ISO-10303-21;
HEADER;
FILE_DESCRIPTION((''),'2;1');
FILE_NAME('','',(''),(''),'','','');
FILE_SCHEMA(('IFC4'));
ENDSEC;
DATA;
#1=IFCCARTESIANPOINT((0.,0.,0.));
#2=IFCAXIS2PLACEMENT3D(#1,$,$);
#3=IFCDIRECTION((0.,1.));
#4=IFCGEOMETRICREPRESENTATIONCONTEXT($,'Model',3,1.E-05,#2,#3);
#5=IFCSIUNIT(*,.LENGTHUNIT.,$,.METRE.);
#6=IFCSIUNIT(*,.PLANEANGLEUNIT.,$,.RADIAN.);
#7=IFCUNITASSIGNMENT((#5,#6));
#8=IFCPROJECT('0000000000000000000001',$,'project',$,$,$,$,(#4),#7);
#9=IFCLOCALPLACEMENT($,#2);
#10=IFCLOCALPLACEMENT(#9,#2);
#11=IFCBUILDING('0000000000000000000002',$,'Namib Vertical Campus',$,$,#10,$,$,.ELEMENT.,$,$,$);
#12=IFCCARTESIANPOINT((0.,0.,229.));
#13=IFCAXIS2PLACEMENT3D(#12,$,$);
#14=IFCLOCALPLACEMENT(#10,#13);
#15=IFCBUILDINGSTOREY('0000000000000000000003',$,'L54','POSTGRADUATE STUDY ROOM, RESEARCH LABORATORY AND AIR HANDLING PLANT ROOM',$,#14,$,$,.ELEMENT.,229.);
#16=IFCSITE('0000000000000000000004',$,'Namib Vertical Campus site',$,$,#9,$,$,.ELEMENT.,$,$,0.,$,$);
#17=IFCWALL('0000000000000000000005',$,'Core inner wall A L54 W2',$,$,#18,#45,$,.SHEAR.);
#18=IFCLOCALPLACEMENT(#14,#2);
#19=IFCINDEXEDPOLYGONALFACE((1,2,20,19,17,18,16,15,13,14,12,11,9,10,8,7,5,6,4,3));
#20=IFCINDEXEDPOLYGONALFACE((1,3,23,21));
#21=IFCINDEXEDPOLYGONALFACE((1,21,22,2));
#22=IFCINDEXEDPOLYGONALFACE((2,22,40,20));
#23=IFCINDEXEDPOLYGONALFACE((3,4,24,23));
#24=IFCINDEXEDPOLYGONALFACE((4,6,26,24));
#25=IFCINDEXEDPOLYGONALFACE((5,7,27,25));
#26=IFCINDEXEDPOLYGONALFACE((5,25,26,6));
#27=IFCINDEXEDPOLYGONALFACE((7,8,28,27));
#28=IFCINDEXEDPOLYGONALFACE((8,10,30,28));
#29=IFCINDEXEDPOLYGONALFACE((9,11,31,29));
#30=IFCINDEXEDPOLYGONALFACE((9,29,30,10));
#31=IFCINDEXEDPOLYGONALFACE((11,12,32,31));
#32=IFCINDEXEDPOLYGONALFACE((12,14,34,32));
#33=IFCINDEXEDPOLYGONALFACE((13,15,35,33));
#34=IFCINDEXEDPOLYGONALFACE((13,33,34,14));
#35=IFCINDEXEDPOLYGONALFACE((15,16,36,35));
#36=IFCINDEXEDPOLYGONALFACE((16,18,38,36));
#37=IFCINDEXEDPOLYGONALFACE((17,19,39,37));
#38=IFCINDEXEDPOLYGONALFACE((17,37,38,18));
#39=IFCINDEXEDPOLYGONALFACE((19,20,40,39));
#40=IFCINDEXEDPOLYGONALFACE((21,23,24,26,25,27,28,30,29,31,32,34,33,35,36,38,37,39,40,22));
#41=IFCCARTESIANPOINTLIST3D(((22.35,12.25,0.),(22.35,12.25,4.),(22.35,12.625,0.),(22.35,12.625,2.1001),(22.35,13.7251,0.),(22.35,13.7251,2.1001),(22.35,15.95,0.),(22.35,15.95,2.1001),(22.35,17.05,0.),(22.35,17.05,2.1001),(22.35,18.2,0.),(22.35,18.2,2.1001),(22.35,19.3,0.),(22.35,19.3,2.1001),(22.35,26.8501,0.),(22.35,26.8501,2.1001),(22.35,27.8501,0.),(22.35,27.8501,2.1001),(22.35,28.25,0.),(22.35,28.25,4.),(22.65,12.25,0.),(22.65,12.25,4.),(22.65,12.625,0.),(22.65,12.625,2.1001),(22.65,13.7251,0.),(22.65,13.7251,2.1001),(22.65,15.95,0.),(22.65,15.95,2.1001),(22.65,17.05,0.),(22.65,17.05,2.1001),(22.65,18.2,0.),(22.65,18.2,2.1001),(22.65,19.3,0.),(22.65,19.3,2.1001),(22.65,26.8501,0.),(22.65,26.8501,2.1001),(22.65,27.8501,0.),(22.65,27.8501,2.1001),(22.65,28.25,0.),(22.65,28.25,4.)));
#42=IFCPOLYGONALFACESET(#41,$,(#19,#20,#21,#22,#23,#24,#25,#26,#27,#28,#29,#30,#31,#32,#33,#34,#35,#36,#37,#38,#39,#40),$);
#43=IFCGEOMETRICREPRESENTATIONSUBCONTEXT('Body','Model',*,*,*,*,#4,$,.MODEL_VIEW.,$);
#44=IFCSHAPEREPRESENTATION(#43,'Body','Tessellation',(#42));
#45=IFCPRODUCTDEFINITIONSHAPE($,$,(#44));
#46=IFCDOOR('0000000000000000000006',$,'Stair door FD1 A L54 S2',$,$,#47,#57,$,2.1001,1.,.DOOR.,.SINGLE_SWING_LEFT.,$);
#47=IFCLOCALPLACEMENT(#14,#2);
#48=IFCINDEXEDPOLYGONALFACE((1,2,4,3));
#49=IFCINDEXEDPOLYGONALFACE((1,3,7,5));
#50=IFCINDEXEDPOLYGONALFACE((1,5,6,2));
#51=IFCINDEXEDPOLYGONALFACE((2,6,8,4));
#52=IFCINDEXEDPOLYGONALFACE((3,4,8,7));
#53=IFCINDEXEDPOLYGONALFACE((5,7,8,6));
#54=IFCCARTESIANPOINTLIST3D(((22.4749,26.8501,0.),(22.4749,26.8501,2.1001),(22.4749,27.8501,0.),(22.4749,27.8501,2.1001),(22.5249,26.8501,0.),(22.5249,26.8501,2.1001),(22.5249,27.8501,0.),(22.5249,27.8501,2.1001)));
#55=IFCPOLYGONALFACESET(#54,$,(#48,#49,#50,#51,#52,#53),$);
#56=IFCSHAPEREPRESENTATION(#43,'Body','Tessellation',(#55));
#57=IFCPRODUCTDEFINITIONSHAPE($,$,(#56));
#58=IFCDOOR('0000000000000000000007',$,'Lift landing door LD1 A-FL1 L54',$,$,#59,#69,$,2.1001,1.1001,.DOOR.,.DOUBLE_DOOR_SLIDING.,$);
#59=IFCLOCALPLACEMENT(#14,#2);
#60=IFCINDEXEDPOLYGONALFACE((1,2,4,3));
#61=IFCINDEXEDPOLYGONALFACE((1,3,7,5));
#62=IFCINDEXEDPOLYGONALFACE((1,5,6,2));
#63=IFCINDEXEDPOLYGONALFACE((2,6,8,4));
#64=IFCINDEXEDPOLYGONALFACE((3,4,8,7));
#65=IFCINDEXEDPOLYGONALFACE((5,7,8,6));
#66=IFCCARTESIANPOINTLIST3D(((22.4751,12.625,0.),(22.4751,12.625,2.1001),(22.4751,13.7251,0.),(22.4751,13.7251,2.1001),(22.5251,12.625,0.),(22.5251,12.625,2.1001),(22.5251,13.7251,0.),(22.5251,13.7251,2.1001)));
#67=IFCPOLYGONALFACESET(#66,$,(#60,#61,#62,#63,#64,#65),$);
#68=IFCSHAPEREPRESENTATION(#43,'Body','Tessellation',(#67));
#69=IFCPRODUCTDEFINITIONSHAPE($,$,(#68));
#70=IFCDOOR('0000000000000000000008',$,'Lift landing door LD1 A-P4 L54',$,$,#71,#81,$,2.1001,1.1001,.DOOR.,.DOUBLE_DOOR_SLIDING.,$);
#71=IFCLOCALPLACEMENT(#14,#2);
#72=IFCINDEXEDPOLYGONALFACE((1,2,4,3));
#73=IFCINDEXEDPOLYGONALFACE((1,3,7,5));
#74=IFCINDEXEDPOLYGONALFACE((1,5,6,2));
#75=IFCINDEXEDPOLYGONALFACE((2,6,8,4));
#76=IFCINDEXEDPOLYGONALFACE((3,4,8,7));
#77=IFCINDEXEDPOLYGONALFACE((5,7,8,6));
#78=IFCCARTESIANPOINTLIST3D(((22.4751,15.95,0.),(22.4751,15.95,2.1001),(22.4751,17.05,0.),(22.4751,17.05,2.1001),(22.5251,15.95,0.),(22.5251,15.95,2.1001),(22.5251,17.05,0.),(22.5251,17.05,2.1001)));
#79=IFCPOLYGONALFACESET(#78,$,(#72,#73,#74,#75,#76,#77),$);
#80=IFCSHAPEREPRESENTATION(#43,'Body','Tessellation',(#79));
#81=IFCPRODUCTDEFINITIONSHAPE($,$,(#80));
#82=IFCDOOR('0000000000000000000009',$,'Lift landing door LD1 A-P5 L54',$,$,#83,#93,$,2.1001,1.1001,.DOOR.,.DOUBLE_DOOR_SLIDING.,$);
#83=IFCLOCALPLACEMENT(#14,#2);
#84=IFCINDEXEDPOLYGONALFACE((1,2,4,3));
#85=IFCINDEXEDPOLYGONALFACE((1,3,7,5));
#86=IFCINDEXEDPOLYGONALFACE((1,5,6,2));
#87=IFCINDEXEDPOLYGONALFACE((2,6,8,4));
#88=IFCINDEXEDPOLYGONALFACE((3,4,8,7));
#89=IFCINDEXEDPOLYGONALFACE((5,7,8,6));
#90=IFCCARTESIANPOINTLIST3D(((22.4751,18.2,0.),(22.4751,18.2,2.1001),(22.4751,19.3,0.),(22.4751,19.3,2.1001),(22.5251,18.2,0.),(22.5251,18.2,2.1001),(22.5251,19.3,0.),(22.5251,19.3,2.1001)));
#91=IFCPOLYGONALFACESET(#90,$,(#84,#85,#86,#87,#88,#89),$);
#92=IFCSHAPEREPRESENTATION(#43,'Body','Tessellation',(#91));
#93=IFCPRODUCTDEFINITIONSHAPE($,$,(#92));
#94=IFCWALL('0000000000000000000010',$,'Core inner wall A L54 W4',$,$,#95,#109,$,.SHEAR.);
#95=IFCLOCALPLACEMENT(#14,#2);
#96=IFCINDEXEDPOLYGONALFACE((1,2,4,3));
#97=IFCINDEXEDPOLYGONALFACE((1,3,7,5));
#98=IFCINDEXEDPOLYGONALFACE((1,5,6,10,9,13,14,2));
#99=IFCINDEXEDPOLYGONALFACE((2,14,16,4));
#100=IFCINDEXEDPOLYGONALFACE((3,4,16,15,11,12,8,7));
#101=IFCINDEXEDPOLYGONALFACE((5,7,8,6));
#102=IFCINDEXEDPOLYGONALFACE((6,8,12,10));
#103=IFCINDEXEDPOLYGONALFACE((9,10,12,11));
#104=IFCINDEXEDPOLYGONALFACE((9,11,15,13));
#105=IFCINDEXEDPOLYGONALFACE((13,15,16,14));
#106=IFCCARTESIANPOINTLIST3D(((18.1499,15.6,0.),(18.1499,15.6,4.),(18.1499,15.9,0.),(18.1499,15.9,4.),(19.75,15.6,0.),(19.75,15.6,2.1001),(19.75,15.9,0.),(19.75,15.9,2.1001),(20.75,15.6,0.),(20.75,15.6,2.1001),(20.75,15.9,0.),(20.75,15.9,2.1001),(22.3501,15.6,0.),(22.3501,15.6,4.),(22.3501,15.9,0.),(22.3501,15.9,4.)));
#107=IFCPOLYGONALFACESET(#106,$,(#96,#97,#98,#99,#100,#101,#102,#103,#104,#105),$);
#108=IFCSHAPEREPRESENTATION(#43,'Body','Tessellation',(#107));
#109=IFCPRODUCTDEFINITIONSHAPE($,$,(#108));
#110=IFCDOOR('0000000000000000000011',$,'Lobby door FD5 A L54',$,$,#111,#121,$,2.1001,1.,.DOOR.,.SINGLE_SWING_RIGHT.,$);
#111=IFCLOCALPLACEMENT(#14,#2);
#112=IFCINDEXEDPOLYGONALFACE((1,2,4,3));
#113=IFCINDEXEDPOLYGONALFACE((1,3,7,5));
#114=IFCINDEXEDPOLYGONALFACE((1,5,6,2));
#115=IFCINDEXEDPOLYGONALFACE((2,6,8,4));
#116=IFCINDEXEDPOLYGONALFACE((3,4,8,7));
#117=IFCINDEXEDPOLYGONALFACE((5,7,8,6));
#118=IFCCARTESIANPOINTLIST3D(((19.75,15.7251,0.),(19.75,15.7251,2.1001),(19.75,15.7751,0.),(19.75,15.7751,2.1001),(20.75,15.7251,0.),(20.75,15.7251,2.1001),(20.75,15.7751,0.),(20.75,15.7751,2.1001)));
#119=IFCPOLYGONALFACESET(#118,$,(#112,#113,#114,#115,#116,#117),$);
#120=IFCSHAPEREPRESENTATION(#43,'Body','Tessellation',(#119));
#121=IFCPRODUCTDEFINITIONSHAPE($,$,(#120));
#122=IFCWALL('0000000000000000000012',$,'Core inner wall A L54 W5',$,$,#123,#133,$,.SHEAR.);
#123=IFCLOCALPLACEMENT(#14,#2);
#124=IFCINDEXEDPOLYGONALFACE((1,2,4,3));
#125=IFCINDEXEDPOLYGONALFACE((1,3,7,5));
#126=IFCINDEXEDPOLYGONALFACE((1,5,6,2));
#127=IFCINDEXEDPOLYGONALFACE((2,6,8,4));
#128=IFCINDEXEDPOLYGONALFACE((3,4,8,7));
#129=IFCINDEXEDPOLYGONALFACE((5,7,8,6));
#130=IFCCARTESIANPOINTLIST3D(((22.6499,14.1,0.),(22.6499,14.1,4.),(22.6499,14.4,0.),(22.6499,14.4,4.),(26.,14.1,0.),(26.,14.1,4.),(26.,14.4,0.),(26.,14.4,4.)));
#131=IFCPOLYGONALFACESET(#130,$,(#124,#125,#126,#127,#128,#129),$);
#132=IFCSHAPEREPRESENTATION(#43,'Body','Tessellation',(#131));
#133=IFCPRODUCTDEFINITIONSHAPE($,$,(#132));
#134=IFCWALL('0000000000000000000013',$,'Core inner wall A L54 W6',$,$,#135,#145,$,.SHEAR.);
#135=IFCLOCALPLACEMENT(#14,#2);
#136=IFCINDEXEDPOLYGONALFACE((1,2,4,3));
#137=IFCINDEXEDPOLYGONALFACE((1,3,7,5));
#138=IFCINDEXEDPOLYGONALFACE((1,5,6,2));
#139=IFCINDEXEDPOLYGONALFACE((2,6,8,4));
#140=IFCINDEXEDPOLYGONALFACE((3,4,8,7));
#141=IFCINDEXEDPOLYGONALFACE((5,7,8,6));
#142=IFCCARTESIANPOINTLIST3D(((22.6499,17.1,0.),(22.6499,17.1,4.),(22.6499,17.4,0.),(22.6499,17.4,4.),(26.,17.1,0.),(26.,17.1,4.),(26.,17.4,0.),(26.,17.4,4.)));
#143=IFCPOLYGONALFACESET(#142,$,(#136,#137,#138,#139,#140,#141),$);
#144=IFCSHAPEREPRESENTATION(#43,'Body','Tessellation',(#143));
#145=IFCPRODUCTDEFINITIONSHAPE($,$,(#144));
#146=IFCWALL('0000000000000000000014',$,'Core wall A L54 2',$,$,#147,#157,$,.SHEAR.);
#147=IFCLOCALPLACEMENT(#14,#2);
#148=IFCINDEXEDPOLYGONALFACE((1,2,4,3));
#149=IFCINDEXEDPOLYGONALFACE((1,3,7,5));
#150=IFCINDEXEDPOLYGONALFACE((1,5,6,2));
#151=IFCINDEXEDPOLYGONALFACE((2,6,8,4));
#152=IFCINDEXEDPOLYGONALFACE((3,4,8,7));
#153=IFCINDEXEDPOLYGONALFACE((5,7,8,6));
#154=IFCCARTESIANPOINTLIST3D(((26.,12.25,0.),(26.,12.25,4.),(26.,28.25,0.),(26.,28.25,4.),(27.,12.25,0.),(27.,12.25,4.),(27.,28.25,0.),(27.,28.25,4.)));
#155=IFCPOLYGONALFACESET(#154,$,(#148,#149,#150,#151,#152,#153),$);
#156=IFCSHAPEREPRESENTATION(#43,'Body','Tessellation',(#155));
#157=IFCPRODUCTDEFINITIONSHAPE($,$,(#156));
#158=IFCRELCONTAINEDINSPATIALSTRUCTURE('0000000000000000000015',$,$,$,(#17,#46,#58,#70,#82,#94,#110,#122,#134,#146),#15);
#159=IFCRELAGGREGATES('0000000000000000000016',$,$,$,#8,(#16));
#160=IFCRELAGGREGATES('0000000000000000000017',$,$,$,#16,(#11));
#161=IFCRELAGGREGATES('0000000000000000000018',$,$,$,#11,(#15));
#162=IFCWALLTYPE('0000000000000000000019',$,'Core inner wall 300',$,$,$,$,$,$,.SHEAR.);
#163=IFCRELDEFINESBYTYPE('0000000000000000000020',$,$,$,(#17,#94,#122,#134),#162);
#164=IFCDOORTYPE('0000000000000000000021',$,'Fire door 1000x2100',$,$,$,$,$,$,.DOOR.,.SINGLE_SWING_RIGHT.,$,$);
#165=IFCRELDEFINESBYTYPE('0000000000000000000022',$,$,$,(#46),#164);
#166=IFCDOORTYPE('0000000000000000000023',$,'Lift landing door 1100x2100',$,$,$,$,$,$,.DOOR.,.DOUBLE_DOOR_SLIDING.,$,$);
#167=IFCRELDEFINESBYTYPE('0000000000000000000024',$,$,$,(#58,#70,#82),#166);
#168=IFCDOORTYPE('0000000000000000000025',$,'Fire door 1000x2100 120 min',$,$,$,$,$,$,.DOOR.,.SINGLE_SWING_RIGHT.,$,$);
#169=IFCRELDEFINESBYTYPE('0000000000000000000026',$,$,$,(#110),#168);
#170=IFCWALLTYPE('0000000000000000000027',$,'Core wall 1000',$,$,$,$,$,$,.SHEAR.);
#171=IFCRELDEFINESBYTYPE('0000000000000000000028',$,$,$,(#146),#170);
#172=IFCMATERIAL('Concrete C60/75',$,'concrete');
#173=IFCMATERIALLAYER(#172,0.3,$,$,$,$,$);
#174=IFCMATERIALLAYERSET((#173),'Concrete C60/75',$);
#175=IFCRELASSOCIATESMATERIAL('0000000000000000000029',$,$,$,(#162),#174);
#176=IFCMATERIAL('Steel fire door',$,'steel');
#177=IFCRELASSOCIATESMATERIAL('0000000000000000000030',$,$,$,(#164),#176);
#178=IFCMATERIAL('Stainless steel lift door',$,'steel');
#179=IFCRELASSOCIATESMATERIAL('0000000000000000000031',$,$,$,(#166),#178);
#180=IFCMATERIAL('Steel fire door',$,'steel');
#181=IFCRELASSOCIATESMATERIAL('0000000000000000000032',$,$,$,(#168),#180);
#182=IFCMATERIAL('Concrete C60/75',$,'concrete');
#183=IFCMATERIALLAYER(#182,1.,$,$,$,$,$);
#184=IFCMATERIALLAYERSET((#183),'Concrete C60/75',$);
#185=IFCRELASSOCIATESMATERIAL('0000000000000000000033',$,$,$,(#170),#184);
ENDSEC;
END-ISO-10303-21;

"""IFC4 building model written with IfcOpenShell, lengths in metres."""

from ifc_helpers import new_model, si_unit, direction, frame, frame_2d, origin, place, context, subcontext, project, spatial, rectangle, extrude, material, layer, layer_set, type_object, element, fill, save


model = new_model("IFC4")

# Units and contexts
model_context = context("Model", 3, precision=1e-05, world=origin(), true_north=direction((0.0, 1.0)))
body_context = subcontext(model_context, "Body", "Model", "MODEL_VIEW")
ifc_project = project(units=[si_unit("LENGTHUNIT", "METRE"), si_unit("PLANEANGLEUNIT", "RADIAN")], contexts=[model_context])

# Site, building, storey
site_placement = place(None, origin())
site = spatial("IfcSite", under=ifc_project, at=site_placement, Name="Namib Vertical Campus site", CompositionType="ELEMENT", RefElevation=0.0)
building_placement = place(site_placement, origin())
building = spatial("IfcBuilding", under=site, at=building_placement, Name="Namib Vertical Campus", CompositionType="ELEMENT")
storey_placement = place(building_placement, frame((0.0, 0.0, 229.0)))
storey = spatial("IfcBuildingStorey", under=building, at=storey_placement, Name="L54", Description="POSTGRADUATE STUDY ROOM, RESEARCH LABORATORY AND AIR HANDLING PLANT ROOM", CompositionType="ELEMENT", Elevation=229.0)

# Wall, openings, doors
ifc_material_1 = material(Name="Concrete C60/75", Category="concrete")
ifc_layer_1 = layer(ifc_material_1, 0.3)
ifc_layer_set_1 = layer_set([ifc_layer_1], Name="Concrete C60/75")
wall_type_1 = type_object("IfcWallType", Name="Core inner wall 300", PredefinedType="SHEAR", material=ifc_layer_set_1)
ifc_material_2 = material(Name="Steel fire door", Category="steel")
door_type_1 = type_object("IfcDoorType", Name="Fire door 1000x2100", OperationType="SINGLE_SWING_RIGHT", PredefinedType="DOOR", material=ifc_material_2)
ifc_material_3 = material(Name="Stainless steel lift door", Category="steel")
door_type_2 = type_object("IfcDoorType", Name="Lift landing door 1100x2100", OperationType="DOUBLE_DOOR_SLIDING", PredefinedType="DOOR", material=ifc_material_3)
wall_1_placement = place(storey_placement, frame((22.5, 12.25, 0.0), z_axis=(0.0, 0.0, 1.0), x_axis=(0.0, 1.0, 0.0)))
wall_1 = element("IfcWall", 1, at=wall_1_placement, inside=storey, type_object=wall_type_1, Name="Core inner wall A L54 W2", PredefinedType="SHEAR", context=body_context, shape_type="SweptSolid", body=[
    extrude(rectangle(XDim=16.0, YDim=0.3, at=frame_2d((8.0, 0.0))), origin(), (0.0, 0.0, 1.0), 4.0),
])
opening_1_placement = place(wall_1_placement, frame((14.6001, 0.0, 0.0)))
opening_1 = element("IfcOpeningElement", 2, at=opening_1_placement, cuts=wall_1, PredefinedType="OPENING", context=body_context, shape_type="SweptSolid", body=[
    extrude(rectangle(XDim=1.0, YDim=2.1001, at=frame_2d((0.5, 1.05))), frame((0.0, 0.1599, 0.0), z_axis=(0.0, -1.0, 0.0), x_axis=(1.0, 0.0, 0.0)), (0.0, 0.0, 1.0), 0.3201),
])
opening_2_placement = place(wall_1_placement, frame((0.375, 0.0, 0.0)))
opening_2 = element("IfcOpeningElement", 3, at=opening_2_placement, cuts=wall_1, PredefinedType="OPENING", context=body_context, shape_type="SweptSolid", body=[
    extrude(rectangle(XDim=1.1001, YDim=2.1001, at=frame_2d((0.55, 1.05))), frame((0.0, 0.1599, 0.0), z_axis=(0.0, -1.0, 0.0), x_axis=(1.0, 0.0, 0.0)), (0.0, 0.0, 1.0), 0.3201),
])
opening_3_placement = place(wall_1_placement, frame((3.7, 0.0, 0.0)))
opening_3 = element("IfcOpeningElement", 4, at=opening_3_placement, cuts=wall_1, PredefinedType="OPENING", context=body_context, shape_type="SweptSolid", body=[
    extrude(rectangle(XDim=1.1001, YDim=2.1001, at=frame_2d((0.55, 1.05))), frame((0.0, 0.1599, 0.0), z_axis=(0.0, -1.0, 0.0), x_axis=(1.0, 0.0, 0.0)), (0.0, 0.0, 1.0), 0.3201),
])
opening_4_placement = place(wall_1_placement, frame((5.95, 0.0, 0.0)))
opening_4 = element("IfcOpeningElement", 5, at=opening_4_placement, cuts=wall_1, PredefinedType="OPENING", context=body_context, shape_type="SweptSolid", body=[
    extrude(rectangle(XDim=1.1001, YDim=2.1001, at=frame_2d((0.55, 1.05))), frame((0.0, 0.1599, 0.0), z_axis=(0.0, -1.0, 0.0), x_axis=(1.0, 0.0, 0.0)), (0.0, 0.0, 1.0), 0.3201),
])
door_1_placement = place(opening_1_placement, frame((1.0, 0.0, 0.0), z_axis=(0.0, 0.0, 1.0), x_axis=(-1.0, 0.0, 0.0)))
door_1 = element("IfcDoor", 6, at=door_1_placement, inside=storey, type_object=door_type_1, Name="Stair door FD1 A L54 S2", OperationType="SINGLE_SWING_LEFT", OverallHeight=2.1001, OverallWidth=1.0, PredefinedType="DOOR", context=body_context, shape_type="SweptSolid", body=[
    extrude(rectangle(XDim=1.0, YDim=2.1001, at=frame_2d((0.5, 1.05))), frame((0.0, 0.0249, 0.0), z_axis=(0.0, -1.0, 0.0), x_axis=(1.0, 0.0, 0.0)), (0.0, 0.0, 1.0), 0.05),
])
fill(opening_1, door_1)
door_2_placement = place(opening_2_placement, origin())
door_2 = element("IfcDoor", 7, at=door_2_placement, inside=storey, type_object=door_type_2, Name="Lift landing door LD1 A-FL1 L54", OperationType="DOUBLE_DOOR_SLIDING", OverallHeight=2.1001, OverallWidth=1.1001, PredefinedType="DOOR", context=body_context, shape_type="SweptSolid", body=[
    extrude(rectangle(XDim=1.1001, YDim=2.1001, at=frame_2d((0.55, 1.05))), frame((0.0, 0.0249, 0.0), z_axis=(0.0, -1.0, 0.0), x_axis=(1.0, 0.0, 0.0)), (0.0, 0.0, 1.0), 0.05),
])
fill(opening_2, door_2)
door_3_placement = place(opening_3_placement, origin())
door_3 = element("IfcDoor", 8, at=door_3_placement, inside=storey, type_object=door_type_2, Name="Lift landing door LD1 A-P4 L54", OperationType="DOUBLE_DOOR_SLIDING", OverallHeight=2.1001, OverallWidth=1.1001, PredefinedType="DOOR", context=body_context, shape_type="SweptSolid", body=[
    extrude(rectangle(XDim=1.1001, YDim=2.1001, at=frame_2d((0.55, 1.05))), frame((0.0, 0.0249, 0.0), z_axis=(0.0, -1.0, 0.0), x_axis=(1.0, 0.0, 0.0)), (0.0, 0.0, 1.0), 0.05),
])
fill(opening_3, door_3)
door_4_placement = place(opening_4_placement, origin())
door_4 = element("IfcDoor", 9, at=door_4_placement, inside=storey, type_object=door_type_2, Name="Lift landing door LD1 A-P5 L54", OperationType="DOUBLE_DOOR_SLIDING", OverallHeight=2.1001, OverallWidth=1.1001, PredefinedType="DOOR", context=body_context, shape_type="SweptSolid", body=[
    extrude(rectangle(XDim=1.1001, YDim=2.1001, at=frame_2d((0.55, 1.05))), frame((0.0, 0.0249, 0.0), z_axis=(0.0, -1.0, 0.0), x_axis=(1.0, 0.0, 0.0)), (0.0, 0.0, 1.0), 0.05),
])
fill(opening_4, door_4)

# Wall, opening, door
wall_2_placement = place(storey_placement, frame((18.1499, 15.75, 0.0), z_axis=(0.0, 0.0, 1.0), x_axis=(1.0, 0.0, 0.0)))
wall_2 = element("IfcWall", 10, at=wall_2_placement, inside=storey, type_object=wall_type_1, Name="Core inner wall A L54 W4", PredefinedType="SHEAR", context=body_context, shape_type="SweptSolid", body=[
    extrude(rectangle(XDim=4.2002, YDim=0.3, at=frame_2d((2.1001, 0.0))), origin(), (0.0, 0.0, 1.0), 4.0),
])
opening_5_placement = place(wall_2_placement, frame((1.6001, 0.0, 0.0)))
opening_5 = element("IfcOpeningElement", 11, at=opening_5_placement, cuts=wall_2, PredefinedType="OPENING", context=body_context, shape_type="SweptSolid", body=[
    extrude(rectangle(XDim=1.0, YDim=2.1001, at=frame_2d((0.5, 1.05))), frame((0.0, 0.1599, 0.0), z_axis=(0.0, -1.0, 0.0), x_axis=(1.0, 0.0, 0.0)), (0.0, 0.0, 1.0), 0.3201),
])
ifc_material_4 = material(Name="Steel fire door", Category="steel")
door_type_3 = type_object("IfcDoorType", Name="Fire door 1000x2100 120 min", OperationType="SINGLE_SWING_RIGHT", PredefinedType="DOOR", material=ifc_material_4)
door_5_placement = place(opening_5_placement, frame((1.0, 0.0, 0.0), z_axis=(0.0, 0.0, 1.0), x_axis=(-1.0, 0.0, 0.0)))
door_5 = element("IfcDoor", 12, at=door_5_placement, inside=storey, type_object=door_type_3, Name="Lobby door FD5 A L54", OperationType="SINGLE_SWING_RIGHT", OverallHeight=2.1001, OverallWidth=1.0, PredefinedType="DOOR", context=body_context, shape_type="SweptSolid", body=[
    extrude(rectangle(XDim=1.0, YDim=2.1001, at=frame_2d((0.5, 1.05))), frame((0.0, 0.0249, 0.0), z_axis=(0.0, -1.0, 0.0), x_axis=(1.0, 0.0, 0.0)), (0.0, 0.0, 1.0), 0.05),
])
fill(opening_5, door_5)

# Walls
for number, where, z_axis, x_axis, name in (
    (13, (22.6499, 14.25, 0.0), (0.0, 0.0, 1.0), (1.0, 0.0, 0.0), "Core inner wall A L54 W5"),
    (14, (22.6499, 17.25, 0.0), (0.0, 0.0, 1.0), (1.0, 0.0, 0.0), "Core inner wall A L54 W6"),
):
    element("IfcWall", number, at=place(storey_placement, frame(where, z_axis=z_axis, x_axis=x_axis)), inside=storey, type_object=wall_type_1, Name=name, PredefinedType="SHEAR", context=body_context, shape_type="SweptSolid", body=[
        extrude(rectangle(XDim=3.3501, YDim=0.3, at=frame_2d((1.675, 0.0))), origin(), (0.0, 0.0, 1.0), 4.0),
    ])
ifc_material_5 = material(Name="Concrete C60/75", Category="concrete")
ifc_layer_2 = layer(ifc_material_5, 1.0)
ifc_layer_set_2 = layer_set([ifc_layer_2], Name="Concrete C60/75")
wall_type_2 = type_object("IfcWallType", Name="Core wall 1000", PredefinedType="SHEAR", material=ifc_layer_set_2)
wall_3_placement = place(storey_placement, frame((26.5, 12.25, 0.0), z_axis=(0.0, 0.0, 1.0), x_axis=(0.0, 1.0, 0.0)))
element("IfcWall", 15, at=wall_3_placement, inside=storey, type_object=wall_type_2, Name="Core wall A L54 2", PredefinedType="SHEAR", context=body_context, shape_type="SweptSolid", body=[
    extrude(rectangle(XDim=16.0, YDim=1.0, at=frame_2d((8.0, 0.0))), origin(), (0.0, 0.0, 1.0), 4.0),
])

save(model, "model.ifc")
